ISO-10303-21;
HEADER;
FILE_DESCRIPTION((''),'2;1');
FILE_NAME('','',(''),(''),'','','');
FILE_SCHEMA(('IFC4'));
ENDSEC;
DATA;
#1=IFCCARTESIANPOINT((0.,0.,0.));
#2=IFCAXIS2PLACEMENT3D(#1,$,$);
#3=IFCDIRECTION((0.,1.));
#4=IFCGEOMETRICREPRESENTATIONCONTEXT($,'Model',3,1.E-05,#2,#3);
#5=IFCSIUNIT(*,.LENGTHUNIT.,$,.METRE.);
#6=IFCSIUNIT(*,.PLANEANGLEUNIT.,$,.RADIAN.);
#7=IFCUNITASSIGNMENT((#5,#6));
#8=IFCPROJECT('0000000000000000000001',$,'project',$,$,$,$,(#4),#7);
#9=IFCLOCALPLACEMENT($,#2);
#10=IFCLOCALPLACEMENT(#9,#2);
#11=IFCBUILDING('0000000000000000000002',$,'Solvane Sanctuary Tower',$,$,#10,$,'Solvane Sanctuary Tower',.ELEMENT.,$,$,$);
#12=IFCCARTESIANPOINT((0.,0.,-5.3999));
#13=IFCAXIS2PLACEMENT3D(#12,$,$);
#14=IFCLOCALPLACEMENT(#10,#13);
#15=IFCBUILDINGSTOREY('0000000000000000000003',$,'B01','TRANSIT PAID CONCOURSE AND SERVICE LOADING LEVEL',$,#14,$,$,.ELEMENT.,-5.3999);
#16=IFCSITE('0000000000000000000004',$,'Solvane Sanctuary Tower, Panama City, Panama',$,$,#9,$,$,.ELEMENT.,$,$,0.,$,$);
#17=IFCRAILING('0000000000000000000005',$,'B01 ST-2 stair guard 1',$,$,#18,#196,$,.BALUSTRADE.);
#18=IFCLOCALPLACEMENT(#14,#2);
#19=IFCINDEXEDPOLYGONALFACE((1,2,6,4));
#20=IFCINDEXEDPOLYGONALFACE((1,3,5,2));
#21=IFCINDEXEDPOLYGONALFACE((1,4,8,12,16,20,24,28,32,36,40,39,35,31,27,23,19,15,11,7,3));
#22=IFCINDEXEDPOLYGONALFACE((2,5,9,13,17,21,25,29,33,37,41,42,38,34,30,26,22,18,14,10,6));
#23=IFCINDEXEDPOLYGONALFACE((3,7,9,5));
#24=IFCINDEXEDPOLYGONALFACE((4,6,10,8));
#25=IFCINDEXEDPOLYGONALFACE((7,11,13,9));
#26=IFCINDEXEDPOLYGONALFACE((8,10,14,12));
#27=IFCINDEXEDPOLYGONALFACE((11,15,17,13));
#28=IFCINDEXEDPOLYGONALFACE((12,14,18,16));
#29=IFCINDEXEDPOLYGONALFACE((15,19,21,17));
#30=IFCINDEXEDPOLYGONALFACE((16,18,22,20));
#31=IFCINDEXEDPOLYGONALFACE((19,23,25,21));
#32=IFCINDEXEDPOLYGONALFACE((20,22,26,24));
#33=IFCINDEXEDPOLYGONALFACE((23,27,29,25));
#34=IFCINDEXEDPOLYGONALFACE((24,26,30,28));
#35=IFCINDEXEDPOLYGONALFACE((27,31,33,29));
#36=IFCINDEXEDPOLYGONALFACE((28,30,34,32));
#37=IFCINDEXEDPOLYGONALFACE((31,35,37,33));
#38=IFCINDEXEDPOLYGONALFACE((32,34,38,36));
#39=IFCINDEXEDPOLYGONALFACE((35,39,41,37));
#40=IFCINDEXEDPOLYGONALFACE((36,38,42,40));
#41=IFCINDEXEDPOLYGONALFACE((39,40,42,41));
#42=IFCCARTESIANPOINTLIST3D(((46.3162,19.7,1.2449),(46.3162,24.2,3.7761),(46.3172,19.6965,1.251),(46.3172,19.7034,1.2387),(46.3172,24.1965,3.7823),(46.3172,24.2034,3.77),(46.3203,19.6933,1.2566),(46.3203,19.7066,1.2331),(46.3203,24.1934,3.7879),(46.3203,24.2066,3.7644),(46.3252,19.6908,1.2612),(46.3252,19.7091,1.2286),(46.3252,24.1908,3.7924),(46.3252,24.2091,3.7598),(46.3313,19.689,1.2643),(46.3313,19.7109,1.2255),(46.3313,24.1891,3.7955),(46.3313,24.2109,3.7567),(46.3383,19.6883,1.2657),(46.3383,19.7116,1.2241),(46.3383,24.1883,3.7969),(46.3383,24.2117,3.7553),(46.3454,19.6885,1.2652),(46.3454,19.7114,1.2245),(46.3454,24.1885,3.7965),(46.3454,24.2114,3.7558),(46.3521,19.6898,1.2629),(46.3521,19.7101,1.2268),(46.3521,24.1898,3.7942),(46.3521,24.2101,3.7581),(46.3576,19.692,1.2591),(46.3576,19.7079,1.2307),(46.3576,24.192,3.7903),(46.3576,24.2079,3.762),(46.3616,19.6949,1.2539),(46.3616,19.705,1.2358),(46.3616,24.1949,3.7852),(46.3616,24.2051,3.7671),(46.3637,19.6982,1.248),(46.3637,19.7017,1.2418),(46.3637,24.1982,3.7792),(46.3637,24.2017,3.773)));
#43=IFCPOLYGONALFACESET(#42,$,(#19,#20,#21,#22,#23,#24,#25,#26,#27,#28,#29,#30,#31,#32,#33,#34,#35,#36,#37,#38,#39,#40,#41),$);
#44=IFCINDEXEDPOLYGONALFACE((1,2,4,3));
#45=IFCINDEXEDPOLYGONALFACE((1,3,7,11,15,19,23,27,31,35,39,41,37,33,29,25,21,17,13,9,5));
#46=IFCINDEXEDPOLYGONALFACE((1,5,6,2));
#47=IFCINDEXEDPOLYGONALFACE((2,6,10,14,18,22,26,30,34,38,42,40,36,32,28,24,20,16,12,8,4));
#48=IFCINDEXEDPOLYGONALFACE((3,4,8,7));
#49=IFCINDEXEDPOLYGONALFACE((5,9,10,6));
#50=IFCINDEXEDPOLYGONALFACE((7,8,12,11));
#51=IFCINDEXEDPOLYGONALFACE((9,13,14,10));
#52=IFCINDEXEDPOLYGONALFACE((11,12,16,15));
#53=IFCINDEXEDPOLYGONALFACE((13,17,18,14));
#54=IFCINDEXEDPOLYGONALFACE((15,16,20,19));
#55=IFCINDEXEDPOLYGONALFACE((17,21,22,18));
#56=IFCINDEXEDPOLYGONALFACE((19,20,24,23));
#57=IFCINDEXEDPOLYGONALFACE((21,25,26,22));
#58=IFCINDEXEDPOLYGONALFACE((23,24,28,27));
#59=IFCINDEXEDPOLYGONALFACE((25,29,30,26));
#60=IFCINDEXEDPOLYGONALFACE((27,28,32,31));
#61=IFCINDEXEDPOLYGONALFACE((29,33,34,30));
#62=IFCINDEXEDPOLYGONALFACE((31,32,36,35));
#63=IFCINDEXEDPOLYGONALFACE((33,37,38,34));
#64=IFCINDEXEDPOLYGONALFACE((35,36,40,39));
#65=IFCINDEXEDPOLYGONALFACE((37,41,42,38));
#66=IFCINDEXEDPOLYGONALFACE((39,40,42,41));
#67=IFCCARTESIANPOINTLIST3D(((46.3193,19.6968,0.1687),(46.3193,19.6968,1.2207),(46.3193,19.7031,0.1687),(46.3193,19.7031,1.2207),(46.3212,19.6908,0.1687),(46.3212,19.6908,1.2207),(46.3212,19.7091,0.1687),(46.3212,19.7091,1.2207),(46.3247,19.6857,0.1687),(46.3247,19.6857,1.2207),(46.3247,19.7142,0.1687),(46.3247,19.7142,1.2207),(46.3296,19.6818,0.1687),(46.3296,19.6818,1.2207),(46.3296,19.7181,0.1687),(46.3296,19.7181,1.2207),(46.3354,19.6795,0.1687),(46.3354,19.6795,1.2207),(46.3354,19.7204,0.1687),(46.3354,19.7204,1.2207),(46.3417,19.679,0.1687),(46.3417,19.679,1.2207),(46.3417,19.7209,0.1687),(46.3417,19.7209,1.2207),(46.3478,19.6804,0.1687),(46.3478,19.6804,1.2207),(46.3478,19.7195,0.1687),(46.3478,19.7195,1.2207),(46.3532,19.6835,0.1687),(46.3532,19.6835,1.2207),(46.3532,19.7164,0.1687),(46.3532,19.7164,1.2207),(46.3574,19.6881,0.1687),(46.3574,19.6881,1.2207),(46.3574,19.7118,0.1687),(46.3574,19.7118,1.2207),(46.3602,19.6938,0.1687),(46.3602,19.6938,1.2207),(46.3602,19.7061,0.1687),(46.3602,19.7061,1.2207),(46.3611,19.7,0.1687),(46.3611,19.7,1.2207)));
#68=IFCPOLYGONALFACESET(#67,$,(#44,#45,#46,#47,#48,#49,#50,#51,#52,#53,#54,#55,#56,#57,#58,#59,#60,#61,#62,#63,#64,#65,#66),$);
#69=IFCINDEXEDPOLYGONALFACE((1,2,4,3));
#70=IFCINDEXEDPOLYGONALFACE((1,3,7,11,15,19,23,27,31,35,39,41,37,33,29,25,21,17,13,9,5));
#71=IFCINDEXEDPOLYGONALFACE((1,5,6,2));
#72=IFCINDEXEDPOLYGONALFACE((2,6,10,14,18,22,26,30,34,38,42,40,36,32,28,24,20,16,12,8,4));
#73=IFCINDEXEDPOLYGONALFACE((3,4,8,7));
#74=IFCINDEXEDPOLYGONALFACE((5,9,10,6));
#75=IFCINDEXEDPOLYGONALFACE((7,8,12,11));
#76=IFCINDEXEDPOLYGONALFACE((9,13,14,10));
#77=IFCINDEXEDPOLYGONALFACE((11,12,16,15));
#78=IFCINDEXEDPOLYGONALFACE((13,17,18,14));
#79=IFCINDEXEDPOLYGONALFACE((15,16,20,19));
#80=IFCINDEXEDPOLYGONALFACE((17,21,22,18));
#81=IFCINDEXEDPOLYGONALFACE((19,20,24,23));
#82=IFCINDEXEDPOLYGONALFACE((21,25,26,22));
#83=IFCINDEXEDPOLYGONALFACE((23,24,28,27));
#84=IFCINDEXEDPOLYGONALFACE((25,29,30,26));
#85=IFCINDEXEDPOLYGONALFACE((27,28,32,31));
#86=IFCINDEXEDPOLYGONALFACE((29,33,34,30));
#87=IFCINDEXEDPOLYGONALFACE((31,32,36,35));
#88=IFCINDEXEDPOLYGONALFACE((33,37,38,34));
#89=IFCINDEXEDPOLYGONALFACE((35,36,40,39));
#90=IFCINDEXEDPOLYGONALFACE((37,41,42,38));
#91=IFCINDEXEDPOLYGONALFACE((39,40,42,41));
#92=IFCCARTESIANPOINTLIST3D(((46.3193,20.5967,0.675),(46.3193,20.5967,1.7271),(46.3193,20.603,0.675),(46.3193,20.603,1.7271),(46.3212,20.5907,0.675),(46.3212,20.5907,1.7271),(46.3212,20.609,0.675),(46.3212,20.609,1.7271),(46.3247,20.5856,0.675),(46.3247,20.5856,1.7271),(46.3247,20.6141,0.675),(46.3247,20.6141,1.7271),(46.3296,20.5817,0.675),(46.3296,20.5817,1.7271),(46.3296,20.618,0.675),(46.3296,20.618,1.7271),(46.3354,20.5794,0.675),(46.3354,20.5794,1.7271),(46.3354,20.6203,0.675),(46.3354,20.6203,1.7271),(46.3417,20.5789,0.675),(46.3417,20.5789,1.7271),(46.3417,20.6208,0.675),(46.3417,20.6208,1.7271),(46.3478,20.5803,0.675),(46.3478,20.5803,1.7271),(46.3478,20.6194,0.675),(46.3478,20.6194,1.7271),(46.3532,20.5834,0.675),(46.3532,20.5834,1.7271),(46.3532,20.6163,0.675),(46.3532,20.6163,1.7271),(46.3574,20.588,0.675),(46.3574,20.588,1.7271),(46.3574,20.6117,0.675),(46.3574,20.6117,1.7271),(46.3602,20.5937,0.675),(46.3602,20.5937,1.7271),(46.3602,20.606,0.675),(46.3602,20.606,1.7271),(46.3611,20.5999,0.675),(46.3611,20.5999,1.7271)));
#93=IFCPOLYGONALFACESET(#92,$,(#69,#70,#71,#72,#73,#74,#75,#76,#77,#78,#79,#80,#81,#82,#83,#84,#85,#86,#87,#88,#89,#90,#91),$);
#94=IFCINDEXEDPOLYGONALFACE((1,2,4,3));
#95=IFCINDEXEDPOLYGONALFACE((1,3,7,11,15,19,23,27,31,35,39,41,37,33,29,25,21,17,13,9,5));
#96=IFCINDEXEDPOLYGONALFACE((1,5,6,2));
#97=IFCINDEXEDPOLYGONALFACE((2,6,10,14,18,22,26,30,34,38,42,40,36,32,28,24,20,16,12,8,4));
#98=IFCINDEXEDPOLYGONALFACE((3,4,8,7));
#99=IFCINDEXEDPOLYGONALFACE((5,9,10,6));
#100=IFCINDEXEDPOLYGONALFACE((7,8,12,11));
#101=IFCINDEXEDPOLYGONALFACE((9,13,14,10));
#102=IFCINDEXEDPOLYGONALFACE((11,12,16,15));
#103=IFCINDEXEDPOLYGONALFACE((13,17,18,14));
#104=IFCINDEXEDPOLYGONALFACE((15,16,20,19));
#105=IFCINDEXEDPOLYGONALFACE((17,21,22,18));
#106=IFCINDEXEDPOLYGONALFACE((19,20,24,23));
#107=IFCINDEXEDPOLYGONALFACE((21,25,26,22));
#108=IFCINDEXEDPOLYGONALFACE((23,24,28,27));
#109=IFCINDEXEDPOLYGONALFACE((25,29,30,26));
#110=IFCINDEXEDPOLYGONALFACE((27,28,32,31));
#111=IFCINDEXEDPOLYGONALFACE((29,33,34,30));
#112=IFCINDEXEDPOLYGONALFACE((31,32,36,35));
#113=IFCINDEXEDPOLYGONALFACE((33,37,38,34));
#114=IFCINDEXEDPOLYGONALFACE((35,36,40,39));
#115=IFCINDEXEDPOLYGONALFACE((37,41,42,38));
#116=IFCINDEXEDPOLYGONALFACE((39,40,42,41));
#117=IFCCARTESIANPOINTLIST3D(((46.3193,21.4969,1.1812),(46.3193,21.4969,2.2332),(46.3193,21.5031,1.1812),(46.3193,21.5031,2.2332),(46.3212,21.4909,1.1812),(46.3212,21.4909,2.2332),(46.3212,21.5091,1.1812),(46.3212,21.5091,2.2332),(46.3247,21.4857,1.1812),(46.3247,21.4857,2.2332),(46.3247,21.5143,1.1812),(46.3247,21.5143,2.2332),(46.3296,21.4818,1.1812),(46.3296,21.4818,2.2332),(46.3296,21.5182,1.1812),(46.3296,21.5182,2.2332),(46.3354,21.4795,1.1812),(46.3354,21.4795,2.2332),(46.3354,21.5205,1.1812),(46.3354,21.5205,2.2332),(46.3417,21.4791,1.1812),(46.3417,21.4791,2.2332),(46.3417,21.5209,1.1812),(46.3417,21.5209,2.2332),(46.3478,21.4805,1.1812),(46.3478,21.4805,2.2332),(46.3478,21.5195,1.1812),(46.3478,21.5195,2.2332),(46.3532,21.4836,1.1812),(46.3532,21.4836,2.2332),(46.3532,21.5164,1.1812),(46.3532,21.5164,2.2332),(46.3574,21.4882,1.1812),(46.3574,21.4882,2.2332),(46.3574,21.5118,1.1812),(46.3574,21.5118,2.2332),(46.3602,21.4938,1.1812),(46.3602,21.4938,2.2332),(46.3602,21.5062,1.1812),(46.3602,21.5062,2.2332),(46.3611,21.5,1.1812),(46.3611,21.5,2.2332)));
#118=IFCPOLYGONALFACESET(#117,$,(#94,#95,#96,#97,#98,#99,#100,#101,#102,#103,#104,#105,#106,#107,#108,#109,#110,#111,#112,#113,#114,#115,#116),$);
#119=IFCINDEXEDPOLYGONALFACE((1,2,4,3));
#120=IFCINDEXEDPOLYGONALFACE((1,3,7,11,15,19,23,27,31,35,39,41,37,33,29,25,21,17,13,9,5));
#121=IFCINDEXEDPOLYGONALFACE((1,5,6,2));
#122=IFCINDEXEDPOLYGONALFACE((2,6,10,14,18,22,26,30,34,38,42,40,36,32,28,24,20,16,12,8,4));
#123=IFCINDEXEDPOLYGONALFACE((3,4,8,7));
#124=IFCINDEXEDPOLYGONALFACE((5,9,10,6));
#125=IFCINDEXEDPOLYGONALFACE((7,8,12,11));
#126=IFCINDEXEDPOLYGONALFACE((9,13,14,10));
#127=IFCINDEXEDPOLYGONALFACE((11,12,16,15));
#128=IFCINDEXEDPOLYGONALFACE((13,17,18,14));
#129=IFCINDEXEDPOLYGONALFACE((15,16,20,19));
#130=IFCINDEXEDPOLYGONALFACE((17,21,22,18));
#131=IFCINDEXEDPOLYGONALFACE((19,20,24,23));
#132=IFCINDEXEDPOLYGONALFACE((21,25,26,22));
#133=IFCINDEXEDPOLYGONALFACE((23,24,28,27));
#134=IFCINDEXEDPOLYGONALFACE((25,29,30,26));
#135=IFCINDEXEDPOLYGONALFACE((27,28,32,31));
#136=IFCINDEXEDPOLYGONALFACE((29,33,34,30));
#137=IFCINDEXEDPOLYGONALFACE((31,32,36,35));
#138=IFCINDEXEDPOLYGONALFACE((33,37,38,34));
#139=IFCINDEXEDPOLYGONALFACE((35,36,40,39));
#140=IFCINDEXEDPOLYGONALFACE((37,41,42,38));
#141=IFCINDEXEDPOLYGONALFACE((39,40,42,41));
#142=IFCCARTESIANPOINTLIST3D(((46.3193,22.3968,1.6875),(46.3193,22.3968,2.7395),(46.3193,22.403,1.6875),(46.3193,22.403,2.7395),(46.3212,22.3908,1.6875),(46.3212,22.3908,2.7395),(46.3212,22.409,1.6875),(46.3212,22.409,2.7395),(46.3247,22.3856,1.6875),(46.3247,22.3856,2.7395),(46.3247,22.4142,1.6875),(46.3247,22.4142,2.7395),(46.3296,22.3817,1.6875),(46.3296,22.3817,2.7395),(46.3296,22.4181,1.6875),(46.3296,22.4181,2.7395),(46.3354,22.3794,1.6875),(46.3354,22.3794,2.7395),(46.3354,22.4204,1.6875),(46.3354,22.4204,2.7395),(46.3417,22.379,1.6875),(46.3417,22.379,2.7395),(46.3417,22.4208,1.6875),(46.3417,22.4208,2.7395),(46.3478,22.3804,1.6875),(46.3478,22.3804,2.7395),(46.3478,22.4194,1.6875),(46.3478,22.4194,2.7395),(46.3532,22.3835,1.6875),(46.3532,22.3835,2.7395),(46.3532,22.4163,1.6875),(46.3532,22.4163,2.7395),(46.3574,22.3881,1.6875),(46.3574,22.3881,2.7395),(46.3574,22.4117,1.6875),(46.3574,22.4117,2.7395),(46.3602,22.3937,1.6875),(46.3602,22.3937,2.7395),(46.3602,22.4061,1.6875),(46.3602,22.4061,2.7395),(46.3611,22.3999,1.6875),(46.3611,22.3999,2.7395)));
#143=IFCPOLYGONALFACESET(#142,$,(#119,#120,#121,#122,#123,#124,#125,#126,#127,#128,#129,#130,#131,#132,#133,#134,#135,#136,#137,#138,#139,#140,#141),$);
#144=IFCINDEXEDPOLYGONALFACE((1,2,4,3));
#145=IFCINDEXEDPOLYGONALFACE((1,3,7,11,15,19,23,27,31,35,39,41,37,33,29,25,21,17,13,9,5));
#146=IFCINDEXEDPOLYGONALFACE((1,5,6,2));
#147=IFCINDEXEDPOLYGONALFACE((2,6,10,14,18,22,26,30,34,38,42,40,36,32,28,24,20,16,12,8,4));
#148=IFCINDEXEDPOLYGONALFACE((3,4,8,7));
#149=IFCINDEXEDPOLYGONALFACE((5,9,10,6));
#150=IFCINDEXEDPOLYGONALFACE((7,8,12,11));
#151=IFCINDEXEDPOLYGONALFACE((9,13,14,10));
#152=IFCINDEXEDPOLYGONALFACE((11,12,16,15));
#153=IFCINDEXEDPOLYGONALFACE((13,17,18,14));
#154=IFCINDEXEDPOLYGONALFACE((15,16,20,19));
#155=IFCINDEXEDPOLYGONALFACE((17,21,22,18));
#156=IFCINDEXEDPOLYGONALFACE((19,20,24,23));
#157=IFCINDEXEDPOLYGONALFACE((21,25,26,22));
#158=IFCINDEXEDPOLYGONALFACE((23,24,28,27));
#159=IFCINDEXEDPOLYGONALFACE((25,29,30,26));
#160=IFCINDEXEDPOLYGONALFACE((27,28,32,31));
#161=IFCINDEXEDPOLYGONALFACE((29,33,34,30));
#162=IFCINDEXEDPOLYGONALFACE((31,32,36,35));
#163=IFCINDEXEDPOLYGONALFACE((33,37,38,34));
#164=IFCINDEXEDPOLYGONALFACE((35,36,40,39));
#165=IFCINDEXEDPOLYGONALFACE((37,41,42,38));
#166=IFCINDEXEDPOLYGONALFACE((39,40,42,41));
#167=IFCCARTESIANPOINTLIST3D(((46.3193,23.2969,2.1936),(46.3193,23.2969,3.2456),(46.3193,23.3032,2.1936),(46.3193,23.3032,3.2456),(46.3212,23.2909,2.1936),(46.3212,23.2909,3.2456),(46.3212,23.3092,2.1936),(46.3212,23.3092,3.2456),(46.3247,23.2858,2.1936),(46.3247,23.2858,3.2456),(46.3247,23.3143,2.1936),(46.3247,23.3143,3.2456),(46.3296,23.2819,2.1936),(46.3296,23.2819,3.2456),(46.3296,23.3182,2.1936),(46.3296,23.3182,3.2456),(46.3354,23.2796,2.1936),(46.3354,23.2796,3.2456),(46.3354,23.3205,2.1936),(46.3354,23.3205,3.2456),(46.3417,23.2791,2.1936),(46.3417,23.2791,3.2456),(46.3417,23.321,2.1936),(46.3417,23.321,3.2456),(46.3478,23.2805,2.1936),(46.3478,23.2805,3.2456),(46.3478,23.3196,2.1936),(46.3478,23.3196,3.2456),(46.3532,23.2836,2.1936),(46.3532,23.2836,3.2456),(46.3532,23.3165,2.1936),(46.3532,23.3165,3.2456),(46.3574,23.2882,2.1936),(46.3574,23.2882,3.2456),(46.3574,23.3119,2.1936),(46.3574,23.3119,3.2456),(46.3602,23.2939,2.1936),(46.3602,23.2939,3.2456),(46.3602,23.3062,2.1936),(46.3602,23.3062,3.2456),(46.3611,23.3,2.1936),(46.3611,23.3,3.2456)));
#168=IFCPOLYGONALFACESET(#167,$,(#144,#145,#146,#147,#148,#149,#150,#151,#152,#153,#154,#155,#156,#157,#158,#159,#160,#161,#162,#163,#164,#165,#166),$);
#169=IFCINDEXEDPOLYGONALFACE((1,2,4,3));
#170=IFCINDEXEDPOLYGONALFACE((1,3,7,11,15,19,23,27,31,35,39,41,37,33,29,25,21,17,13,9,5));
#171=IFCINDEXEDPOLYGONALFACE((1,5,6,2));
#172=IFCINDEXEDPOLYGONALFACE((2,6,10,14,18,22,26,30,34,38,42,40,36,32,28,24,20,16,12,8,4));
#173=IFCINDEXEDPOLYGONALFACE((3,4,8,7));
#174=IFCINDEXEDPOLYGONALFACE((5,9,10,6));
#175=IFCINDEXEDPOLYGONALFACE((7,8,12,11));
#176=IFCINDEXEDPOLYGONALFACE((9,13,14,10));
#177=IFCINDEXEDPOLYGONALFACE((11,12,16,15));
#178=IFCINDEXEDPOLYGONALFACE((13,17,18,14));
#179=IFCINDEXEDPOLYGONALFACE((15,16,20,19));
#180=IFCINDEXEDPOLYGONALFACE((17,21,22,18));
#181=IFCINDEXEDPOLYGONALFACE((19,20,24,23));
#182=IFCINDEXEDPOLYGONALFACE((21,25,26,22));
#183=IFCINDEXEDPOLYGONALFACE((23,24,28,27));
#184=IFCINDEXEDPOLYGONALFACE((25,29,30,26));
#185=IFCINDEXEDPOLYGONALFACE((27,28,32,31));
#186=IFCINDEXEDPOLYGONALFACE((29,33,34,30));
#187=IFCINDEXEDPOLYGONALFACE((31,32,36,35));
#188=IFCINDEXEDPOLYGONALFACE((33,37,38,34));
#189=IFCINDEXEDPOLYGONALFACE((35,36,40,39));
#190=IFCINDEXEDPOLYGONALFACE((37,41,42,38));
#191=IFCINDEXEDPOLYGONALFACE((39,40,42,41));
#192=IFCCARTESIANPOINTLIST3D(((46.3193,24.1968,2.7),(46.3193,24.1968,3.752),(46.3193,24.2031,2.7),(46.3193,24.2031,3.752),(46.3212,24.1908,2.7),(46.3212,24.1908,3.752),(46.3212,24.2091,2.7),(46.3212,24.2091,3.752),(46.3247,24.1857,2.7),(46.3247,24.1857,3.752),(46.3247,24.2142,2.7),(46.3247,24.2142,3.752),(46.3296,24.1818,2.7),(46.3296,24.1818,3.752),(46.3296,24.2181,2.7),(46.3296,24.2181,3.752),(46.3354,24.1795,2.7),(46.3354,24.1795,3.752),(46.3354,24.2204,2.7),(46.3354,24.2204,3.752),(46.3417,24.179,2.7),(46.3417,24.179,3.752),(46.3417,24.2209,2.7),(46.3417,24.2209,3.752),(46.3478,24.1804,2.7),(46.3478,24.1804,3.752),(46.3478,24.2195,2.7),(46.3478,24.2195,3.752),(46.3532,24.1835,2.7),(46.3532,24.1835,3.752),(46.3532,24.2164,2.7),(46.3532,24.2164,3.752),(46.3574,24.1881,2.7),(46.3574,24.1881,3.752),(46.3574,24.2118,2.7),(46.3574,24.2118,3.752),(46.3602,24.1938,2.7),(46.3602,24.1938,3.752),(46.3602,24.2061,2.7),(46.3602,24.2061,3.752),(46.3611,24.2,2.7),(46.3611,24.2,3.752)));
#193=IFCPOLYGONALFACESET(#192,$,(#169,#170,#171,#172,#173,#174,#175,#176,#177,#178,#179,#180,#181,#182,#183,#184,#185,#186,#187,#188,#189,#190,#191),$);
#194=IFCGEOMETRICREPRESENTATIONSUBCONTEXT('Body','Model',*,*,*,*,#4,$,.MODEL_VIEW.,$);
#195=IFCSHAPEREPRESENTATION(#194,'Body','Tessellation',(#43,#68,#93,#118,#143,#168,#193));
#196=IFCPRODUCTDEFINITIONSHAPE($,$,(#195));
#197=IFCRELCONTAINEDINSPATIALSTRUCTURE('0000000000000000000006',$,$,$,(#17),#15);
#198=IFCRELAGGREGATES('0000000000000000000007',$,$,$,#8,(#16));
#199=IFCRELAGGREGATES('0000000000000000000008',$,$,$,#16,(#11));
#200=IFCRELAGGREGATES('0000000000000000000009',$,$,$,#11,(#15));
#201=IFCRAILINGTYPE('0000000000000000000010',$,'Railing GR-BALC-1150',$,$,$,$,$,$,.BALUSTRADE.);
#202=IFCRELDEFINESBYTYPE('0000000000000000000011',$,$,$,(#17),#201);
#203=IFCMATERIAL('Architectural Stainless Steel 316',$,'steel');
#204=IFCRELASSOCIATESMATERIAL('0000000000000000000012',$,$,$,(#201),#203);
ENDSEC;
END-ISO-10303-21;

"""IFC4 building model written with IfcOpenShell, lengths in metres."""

from ifc_helpers import new_model, si_unit, direction, frame, origin, origin_2d, place, context, subcontext, project, spatial, circle, extrude, material, type_object, element, save


model = new_model("IFC4")

# Units and contexts
model_context = context("Model", 3, precision=1e-05, world=origin(), true_north=direction((0.0, 1.0)))
body_context = subcontext(model_context, "Body", "Model", "MODEL_VIEW")
ifc_project = project(units=[si_unit("LENGTHUNIT", "METRE"), si_unit("PLANEANGLEUNIT", "RADIAN")], contexts=[model_context])

# Site, building, storey
site_placement = place(None, origin())
site = spatial("IfcSite", under=ifc_project, at=site_placement, Name="Solvane Sanctuary Tower, Panama City, Panama", CompositionType="ELEMENT", RefElevation=0.0)
building_placement = place(site_placement, origin())
building = spatial("IfcBuilding", under=site, at=building_placement, Name="Solvane Sanctuary Tower", LongName="Solvane Sanctuary Tower", CompositionType="ELEMENT")
storey_placement = place(building_placement, frame((0.0, 0.0, -5.3999)))
storey = spatial("IfcBuildingStorey", under=building, at=storey_placement, Name="B01", Description="TRANSIT PAID CONCOURSE AND SERVICE LOADING LEVEL", CompositionType="ELEMENT", Elevation=-5.3999)

# Shared definitions
ifc_material_1 = material(Name="Architectural Stainless Steel 316", Category="steel")

# Railing
railing_type_1 = type_object("IfcRailingType", Name="Railing GR-BALC-1150", PredefinedType="BALUSTRADE", material=ifc_material_1)
railing_1_placement = place(storey_placement, frame((46.3401, 19.7, 0.1687)))
element("IfcRailing", 1, at=railing_1_placement, inside=storey, type_object=railing_type_1, Name="B01 ST-2 stair guard 1", PredefinedType="BALUSTRADE", context=body_context, shape_type="SweptSolid", body=[
    extrude(circle(Radius=0.0239, at=origin_2d()), frame((0.0, 0.0, 1.0762), z_axis=(0.0, 0.871576, 0.490261), x_axis=(-1.0, 0.0, 0.0)), (0.0, 0.0, 1.0), 5.1631),
    extrude(circle(Radius=0.021, at=origin_2d()), origin(), (0.0, 0.0, 1.0), 1.052),
    extrude(circle(Radius=0.021, at=origin_2d()), frame((0.0, 0.8999, 0.5063)), (0.0, 0.0, 1.0), 1.052),
    extrude(circle(Radius=0.021, at=origin_2d()), frame((0.0, 1.8, 1.0125)), (0.0, 0.0, 1.0), 1.052),
    extrude(circle(Radius=0.021, at=origin_2d()), frame((0.0, 2.7, 1.5188)), (0.0, 0.0, 1.0), 1.052),
    extrude(circle(Radius=0.021, at=origin_2d()), frame((0.0, 3.6001, 2.0249)), (0.0, 0.0, 1.0), 1.052),
    extrude(circle(Radius=0.021, at=origin_2d()), frame((0.0, 4.5, 2.5312)), (0.0, 0.0, 1.0), 1.052),
])

save(model, "model.ifc")
